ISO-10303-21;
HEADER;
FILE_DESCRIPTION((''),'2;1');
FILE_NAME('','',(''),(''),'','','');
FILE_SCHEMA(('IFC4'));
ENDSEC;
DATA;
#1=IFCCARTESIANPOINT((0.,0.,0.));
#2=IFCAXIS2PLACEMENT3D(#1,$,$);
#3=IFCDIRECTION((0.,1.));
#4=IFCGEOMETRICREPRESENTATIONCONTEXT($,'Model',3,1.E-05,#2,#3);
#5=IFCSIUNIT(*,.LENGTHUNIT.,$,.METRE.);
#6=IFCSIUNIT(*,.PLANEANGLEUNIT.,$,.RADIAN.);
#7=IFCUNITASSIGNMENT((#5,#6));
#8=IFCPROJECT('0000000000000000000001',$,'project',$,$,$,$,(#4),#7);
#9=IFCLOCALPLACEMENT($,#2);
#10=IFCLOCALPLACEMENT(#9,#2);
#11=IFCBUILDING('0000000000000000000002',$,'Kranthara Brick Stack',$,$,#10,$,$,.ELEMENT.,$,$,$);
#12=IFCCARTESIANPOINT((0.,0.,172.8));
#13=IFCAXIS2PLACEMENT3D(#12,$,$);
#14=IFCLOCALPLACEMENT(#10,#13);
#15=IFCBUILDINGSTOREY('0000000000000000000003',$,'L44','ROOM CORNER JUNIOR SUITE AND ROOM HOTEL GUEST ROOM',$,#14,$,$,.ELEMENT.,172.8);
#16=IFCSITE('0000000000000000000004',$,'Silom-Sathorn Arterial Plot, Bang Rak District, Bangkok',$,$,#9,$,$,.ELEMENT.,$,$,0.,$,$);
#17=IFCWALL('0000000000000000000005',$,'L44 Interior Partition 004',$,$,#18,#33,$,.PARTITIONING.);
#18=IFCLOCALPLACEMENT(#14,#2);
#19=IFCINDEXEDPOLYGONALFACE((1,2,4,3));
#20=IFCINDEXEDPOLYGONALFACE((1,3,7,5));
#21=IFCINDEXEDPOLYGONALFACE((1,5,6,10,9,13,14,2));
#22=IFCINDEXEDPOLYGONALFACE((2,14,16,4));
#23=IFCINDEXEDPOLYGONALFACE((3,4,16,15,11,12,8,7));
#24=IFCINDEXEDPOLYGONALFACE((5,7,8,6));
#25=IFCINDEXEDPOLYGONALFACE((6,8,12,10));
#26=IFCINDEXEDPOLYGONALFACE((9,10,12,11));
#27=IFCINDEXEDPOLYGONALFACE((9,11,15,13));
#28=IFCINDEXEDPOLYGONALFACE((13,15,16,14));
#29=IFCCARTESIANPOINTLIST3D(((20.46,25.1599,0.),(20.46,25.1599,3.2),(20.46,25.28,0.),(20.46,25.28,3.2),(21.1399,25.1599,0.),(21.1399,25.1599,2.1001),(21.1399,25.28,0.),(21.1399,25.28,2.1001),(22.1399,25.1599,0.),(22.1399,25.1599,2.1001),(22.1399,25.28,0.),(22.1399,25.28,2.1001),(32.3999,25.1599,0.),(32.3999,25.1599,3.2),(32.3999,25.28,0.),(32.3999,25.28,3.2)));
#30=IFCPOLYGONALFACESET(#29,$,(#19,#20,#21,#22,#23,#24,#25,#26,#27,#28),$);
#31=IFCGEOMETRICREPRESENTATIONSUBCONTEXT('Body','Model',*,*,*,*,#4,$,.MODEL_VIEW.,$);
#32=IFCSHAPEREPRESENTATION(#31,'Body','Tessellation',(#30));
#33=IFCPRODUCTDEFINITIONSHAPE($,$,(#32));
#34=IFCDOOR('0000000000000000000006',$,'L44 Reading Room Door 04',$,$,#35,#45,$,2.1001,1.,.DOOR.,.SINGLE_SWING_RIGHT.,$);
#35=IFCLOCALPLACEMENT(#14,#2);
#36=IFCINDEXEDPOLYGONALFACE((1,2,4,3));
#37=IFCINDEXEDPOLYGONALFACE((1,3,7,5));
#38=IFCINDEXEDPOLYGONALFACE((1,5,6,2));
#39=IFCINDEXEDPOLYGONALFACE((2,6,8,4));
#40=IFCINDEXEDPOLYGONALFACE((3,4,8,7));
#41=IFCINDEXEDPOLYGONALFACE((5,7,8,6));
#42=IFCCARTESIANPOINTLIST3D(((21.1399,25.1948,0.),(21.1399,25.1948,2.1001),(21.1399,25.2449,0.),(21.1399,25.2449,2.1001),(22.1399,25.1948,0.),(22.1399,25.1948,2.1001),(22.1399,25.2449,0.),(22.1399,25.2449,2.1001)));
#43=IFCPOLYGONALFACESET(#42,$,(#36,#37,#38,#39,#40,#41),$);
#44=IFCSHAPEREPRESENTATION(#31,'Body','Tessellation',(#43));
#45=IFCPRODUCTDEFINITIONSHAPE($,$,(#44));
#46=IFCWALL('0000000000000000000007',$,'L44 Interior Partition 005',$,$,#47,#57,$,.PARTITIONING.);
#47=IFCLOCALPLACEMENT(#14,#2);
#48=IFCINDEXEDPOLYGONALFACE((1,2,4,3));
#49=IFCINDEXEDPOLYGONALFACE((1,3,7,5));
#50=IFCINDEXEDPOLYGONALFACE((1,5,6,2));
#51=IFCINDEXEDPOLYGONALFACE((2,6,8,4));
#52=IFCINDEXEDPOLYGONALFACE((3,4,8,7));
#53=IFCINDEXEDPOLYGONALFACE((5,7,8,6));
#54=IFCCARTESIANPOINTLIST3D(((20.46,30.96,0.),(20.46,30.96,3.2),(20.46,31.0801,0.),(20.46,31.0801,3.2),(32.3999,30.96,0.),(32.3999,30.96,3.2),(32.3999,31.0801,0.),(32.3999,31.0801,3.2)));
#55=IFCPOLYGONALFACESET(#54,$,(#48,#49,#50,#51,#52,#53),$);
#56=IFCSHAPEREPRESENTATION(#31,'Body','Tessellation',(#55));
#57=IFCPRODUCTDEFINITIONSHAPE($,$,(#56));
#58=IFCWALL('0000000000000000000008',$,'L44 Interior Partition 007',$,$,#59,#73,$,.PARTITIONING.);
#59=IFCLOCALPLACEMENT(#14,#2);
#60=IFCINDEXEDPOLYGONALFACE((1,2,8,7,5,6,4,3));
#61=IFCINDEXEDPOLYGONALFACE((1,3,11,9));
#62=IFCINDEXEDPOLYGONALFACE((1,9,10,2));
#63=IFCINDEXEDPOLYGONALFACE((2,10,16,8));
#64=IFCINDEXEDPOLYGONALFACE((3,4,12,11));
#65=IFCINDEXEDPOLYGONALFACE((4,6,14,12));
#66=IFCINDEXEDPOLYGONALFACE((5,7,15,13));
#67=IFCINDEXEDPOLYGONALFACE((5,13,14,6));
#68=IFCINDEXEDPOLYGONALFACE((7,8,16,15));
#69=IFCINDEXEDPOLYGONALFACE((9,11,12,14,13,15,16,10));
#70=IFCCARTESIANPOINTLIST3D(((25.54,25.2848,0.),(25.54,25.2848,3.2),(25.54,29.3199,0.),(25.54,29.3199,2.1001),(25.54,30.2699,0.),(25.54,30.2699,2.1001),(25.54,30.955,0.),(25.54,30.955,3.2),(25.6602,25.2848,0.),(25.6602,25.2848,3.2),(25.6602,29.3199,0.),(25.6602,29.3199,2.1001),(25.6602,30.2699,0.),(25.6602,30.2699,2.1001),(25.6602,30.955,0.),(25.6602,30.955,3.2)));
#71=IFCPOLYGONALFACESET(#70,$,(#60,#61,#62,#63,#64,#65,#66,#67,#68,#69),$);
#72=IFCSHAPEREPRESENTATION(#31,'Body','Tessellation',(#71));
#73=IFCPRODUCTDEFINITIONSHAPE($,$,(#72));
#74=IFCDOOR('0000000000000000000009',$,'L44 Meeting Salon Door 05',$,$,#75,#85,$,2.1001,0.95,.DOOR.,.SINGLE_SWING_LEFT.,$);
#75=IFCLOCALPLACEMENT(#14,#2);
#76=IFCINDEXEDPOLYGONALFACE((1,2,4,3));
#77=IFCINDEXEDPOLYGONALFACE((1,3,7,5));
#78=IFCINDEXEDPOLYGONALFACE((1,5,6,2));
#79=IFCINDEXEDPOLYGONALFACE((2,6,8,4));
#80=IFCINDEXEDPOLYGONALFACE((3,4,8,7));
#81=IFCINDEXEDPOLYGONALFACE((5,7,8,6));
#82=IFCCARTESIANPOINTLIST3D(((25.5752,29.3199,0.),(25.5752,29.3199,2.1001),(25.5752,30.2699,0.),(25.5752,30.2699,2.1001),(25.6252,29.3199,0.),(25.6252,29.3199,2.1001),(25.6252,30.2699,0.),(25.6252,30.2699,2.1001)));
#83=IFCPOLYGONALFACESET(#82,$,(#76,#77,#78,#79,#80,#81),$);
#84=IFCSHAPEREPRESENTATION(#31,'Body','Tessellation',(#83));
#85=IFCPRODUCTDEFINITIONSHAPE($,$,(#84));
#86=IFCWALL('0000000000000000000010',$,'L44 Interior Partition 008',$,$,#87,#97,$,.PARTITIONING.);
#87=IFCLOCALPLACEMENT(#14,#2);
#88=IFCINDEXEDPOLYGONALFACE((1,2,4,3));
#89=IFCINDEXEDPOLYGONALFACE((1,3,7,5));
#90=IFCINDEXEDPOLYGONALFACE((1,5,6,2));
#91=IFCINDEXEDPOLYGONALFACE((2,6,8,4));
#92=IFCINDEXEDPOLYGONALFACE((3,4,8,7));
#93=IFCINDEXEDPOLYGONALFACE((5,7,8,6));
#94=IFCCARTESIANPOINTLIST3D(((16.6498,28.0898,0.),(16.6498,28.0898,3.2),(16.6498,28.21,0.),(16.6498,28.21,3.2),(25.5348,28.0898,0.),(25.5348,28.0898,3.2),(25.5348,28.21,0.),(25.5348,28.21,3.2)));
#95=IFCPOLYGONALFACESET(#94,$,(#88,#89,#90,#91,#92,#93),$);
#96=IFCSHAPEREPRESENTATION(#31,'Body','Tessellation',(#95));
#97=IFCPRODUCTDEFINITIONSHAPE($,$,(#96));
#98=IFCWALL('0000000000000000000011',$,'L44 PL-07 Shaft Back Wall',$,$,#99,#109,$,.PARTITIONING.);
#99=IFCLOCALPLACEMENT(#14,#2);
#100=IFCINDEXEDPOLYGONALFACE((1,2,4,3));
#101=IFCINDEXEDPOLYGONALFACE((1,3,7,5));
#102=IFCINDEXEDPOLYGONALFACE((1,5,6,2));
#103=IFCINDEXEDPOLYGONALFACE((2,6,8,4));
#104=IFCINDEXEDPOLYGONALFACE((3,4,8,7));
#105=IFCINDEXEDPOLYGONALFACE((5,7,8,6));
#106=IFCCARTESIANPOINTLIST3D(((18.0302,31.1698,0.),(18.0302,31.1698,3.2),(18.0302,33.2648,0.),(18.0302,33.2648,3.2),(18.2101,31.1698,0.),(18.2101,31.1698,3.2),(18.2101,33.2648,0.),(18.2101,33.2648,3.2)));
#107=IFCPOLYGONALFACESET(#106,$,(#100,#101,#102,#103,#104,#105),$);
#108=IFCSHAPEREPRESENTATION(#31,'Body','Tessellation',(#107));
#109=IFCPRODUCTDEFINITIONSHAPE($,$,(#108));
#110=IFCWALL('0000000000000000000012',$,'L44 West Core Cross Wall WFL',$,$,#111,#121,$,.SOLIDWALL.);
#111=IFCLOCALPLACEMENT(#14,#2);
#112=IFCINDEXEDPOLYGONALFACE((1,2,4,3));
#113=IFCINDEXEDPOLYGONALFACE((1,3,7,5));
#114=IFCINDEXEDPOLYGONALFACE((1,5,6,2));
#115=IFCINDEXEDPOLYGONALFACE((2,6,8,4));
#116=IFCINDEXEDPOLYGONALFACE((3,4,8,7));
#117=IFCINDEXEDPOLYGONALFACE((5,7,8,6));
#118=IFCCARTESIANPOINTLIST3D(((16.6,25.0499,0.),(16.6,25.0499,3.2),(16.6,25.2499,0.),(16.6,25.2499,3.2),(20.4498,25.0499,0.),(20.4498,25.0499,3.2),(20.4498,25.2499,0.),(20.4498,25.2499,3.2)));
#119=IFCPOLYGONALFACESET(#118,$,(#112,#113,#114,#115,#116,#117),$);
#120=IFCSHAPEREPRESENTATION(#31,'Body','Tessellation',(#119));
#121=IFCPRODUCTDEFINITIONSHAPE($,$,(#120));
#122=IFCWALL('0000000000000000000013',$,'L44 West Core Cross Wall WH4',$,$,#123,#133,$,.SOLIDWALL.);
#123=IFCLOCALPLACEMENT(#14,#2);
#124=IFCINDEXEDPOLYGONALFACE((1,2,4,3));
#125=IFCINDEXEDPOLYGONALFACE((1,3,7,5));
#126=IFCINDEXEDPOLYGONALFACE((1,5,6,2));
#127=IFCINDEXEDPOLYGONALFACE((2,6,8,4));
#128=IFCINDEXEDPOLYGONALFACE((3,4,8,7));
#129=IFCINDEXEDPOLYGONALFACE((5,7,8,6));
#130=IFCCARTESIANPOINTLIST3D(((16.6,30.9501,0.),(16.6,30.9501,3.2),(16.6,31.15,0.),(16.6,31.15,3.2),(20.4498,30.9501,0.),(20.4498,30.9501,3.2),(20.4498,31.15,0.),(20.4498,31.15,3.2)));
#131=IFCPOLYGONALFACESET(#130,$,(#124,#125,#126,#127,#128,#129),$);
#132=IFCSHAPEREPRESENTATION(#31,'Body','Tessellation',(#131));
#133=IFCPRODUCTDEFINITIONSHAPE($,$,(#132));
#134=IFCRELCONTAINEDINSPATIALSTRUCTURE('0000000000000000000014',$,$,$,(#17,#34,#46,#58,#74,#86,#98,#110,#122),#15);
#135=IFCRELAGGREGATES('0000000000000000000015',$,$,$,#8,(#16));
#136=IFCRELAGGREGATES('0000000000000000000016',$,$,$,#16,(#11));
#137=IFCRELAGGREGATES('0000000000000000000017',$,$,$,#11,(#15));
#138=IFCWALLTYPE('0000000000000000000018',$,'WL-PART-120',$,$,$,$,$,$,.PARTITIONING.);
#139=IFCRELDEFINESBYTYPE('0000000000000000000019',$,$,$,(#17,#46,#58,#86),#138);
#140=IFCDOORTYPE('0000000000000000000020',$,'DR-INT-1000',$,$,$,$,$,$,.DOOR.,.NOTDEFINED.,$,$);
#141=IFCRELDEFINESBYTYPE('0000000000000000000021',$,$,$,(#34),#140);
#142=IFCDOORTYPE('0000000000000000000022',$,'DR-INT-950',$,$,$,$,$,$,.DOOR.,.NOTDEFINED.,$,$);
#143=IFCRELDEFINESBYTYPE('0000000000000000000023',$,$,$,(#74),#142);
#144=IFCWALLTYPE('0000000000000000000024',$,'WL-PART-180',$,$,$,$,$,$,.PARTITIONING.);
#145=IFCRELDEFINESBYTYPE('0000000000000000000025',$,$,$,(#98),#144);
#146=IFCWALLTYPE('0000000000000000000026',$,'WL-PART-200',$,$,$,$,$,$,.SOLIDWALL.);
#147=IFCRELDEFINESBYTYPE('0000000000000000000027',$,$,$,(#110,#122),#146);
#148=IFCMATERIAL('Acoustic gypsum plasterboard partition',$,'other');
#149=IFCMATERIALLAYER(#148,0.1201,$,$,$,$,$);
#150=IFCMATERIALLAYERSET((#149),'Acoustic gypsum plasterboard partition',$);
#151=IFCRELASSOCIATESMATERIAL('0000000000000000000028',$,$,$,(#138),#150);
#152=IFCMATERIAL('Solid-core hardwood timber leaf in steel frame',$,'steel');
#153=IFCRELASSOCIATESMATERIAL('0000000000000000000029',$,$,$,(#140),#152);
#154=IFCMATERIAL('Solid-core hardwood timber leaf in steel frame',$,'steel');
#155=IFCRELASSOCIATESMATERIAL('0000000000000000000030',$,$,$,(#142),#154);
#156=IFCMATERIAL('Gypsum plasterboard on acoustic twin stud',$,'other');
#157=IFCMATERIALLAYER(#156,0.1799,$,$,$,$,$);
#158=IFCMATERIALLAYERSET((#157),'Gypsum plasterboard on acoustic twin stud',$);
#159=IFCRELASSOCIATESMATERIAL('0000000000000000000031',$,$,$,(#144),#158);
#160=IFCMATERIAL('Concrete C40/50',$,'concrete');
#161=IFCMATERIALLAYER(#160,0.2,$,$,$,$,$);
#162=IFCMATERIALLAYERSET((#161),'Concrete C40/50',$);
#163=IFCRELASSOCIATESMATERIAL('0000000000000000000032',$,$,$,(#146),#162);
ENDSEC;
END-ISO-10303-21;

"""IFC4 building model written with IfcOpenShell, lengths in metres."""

from ifc_helpers import new_model, si_unit, direction, frame, frame_2d, origin, place, context, subcontext, project, spatial, rectangle, extrude, material, layer, layer_set, type_object, element, fill, save


model = new_model("IFC4")

# Units and contexts
model_context = context("Model", 3, precision=1e-05, world=origin(), true_north=direction((0.0, 1.0)))
body_context = subcontext(model_context, "Body", "Model", "MODEL_VIEW")
ifc_project = project(units=[si_unit("LENGTHUNIT", "METRE"), si_unit("PLANEANGLEUNIT", "RADIAN")], contexts=[model_context])

# Site, building, storey
site_placement = place(None, origin())
site = spatial("IfcSite", under=ifc_project, at=site_placement, Name="Silom-Sathorn Arterial Plot, Bang Rak District, Bangkok", CompositionType="ELEMENT", RefElevation=0.0)
building_placement = place(site_placement, origin())
building = spatial("IfcBuilding", under=site, at=building_placement, Name="Kranthara Brick Stack", CompositionType="ELEMENT")
storey_placement = place(building_placement, frame((0.0, 0.0, 172.8)))
storey = spatial("IfcBuildingStorey", under=building, at=storey_placement, Name="L44", Description="ROOM CORNER JUNIOR SUITE AND ROOM HOTEL GUEST ROOM", CompositionType="ELEMENT", Elevation=172.8)

# Wall, opening, door
ifc_material_1 = material(Name="Acoustic gypsum plasterboard partition", Category="other")
ifc_layer_1 = layer(ifc_material_1, 0.1201)
ifc_layer_set_1 = layer_set([ifc_layer_1], Name="Acoustic gypsum plasterboard partition")
wall_type_1 = type_object("IfcWallType", Name="WL-PART-120", PredefinedType="PARTITIONING", material=ifc_layer_set_1)
wall_1_placement = place(storey_placement, frame((20.46, 25.22, 0.0), z_axis=(0.0, 0.0, 1.0), x_axis=(1.0, 0.0, 0.0)))
wall_1 = element("IfcWall", 1, at=wall_1_placement, inside=storey, type_object=wall_type_1, Name="L44 Interior Partition 004", PredefinedType="PARTITIONING", context=body_context, shape_type="SweptSolid", body=[
    extrude(rectangle(XDim=11.9399, YDim=0.1201, at=frame_2d((5.97, 0.0))), origin(), (0.0, 0.0, 1.0), 3.2),
])
opening_1_placement = place(wall_1_placement, frame((0.6799, 0.0, 0.0)))
opening_1 = element("IfcOpeningElement", 2, at=opening_1_placement, cuts=wall_1, PredefinedType="OPENING", context=body_context, shape_type="SweptSolid", body=[
    extrude(rectangle(XDim=1.0, YDim=2.1001, at=frame_2d((0.5, 1.05))), frame((0.0, 0.0701, 0.0), z_axis=(0.0, -1.0, 0.0), x_axis=(1.0, 0.0, 0.0)), (0.0, 0.0, 1.0), 0.1401),
])
ifc_material_2 = material(Name="Solid-core hardwood timber leaf in steel frame", Category="steel")
door_type_1 = type_object("IfcDoorType", Name="DR-INT-1000", OperationType="NOTDEFINED", PredefinedType="DOOR", material=ifc_material_2)
door_1_placement = place(opening_1_placement, origin())
door_1 = element("IfcDoor", 3, at=door_1_placement, inside=storey, type_object=door_type_1, Name="L44 Reading Room Door 04", OperationType="SINGLE_SWING_RIGHT", OverallHeight=2.1001, OverallWidth=1.0, PredefinedType="DOOR", context=body_context, shape_type="SweptSolid", body=[
    extrude(rectangle(XDim=1.0, YDim=2.1001, at=frame_2d((0.5, 1.05))), frame((0.0, 0.0249, 0.0), z_axis=(0.0, -1.0, 0.0), x_axis=(1.0, 0.0, 0.0)), (0.0, 0.0, 1.0), 0.05),
])
fill(opening_1, door_1)

# Wall
wall_2_placement = place(storey_placement, frame((20.46, 31.02, 0.0), z_axis=(0.0, 0.0, 1.0), x_axis=(1.0, 0.0, 0.0)))
element("IfcWall", 4, at=wall_2_placement, inside=storey, type_object=wall_type_1, Name="L44 Interior Partition 005", PredefinedType="PARTITIONING", context=body_context, shape_type="SweptSolid", body=[
    extrude(rectangle(XDim=11.9399, YDim=0.1201, at=frame_2d((5.97, 0.0))), origin(), (0.0, 0.0, 1.0), 3.2),
])

# Wall, opening, door
wall_3_placement = place(storey_placement, frame((25.6001, 25.2849, 0.0), z_axis=(0.0, 0.0, 1.0), x_axis=(0.0, 1.0, 0.0)))
wall_3 = element("IfcWall", 5, at=wall_3_placement, inside=storey, type_object=wall_type_1, Name="L44 Interior Partition 007", PredefinedType="PARTITIONING", context=body_context, shape_type="SweptSolid", body=[
    extrude(rectangle(XDim=5.6702, YDim=0.1201, at=frame_2d((2.835, 0.0))), origin(), (0.0, 0.0, 1.0), 3.2),
])
opening_2_placement = place(wall_3_placement, frame((4.0349, 0.0, 0.0)))
opening_2 = element("IfcOpeningElement", 6, at=opening_2_placement, cuts=wall_3, PredefinedType="OPENING", context=body_context, shape_type="SweptSolid", body=[
    extrude(rectangle(XDim=0.95, YDim=2.1001, at=frame_2d((0.4751, 1.05))), frame((0.0, 0.0701, 0.0), z_axis=(0.0, -1.0, 0.0), x_axis=(1.0, 0.0, 0.0)), (0.0, 0.0, 1.0), 0.1401),
])
ifc_material_3 = material(Name="Solid-core hardwood timber leaf in steel frame", Category="steel")
door_type_2 = type_object("IfcDoorType", Name="DR-INT-950", OperationType="NOTDEFINED", PredefinedType="DOOR", material=ifc_material_3)
door_2_placement = place(opening_2_placement, origin())
door_2 = element("IfcDoor", 7, at=door_2_placement, inside=storey, type_object=door_type_2, Name="L44 Meeting Salon Door 05", OperationType="SINGLE_SWING_LEFT", OverallHeight=2.1001, OverallWidth=0.95, PredefinedType="DOOR", context=body_context, shape_type="SweptSolid", body=[
    extrude(rectangle(XDim=0.95, YDim=2.1001, at=frame_2d((0.4751, 1.05))), frame((0.0, 0.0249, 0.0), z_axis=(0.0, -1.0, 0.0), x_axis=(1.0, 0.0, 0.0)), (0.0, 0.0, 1.0), 0.05),
])
fill(opening_2, door_2)

# Walls
wall_4_placement = place(storey_placement, frame((16.6499, 28.1499, 0.0), z_axis=(0.0, 0.0, 1.0), x_axis=(1.0, 0.0, 0.0)))
element("IfcWall", 8, at=wall_4_placement, inside=storey, type_object=wall_type_1, Name="L44 Interior Partition 008", PredefinedType="PARTITIONING", context=body_context, shape_type="SweptSolid", body=[
    extrude(rectangle(XDim=8.885, YDim=0.1201, at=frame_2d((4.4424, 0.0))), origin(), (0.0, 0.0, 1.0), 3.2),
])
ifc_material_4 = material(Name="Gypsum plasterboard on acoustic twin stud", Category="other")
ifc_layer_2 = layer(ifc_material_4, 0.1799)
ifc_layer_set_2 = layer_set([ifc_layer_2], Name="Gypsum plasterboard on acoustic twin stud")
wall_type_2 = type_object("IfcWallType", Name="WL-PART-180", PredefinedType="PARTITIONING", material=ifc_layer_set_2)
wall_5_placement = place(storey_placement, frame((18.1201, 31.1699, 0.0), z_axis=(0.0, 0.0, 1.0), x_axis=(0.0, 1.0, 0.0)))
element("IfcWall", 9, at=wall_5_placement, inside=storey, type_object=wall_type_2, Name="L44 PL-07 Shaft Back Wall", PredefinedType="PARTITIONING", context=body_context, shape_type="SweptSolid", body=[
    extrude(rectangle(XDim=2.095, YDim=0.1799, at=frame_2d((1.0474, 0.0))), origin(), (0.0, 0.0, 1.0), 3.2),
])
ifc_material_5 = material(Name="Concrete C40/50", Category="concrete")
ifc_layer_3 = layer(ifc_material_5, 0.2)
ifc_layer_set_3 = layer_set([ifc_layer_3], Name="Concrete C40/50")
wall_type_3 = type_object("IfcWallType", Name="WL-PART-200", PredefinedType="SOLIDWALL", material=ifc_layer_set_3)
for number, where, z_axis, x_axis, name in (
    (10, (16.6001, 25.1499, 0.0), (0.0, 0.0, 1.0), (1.0, 0.0, 0.0), "L44 West Core Cross Wall WFL"),
    (11, (16.6001, 31.05, 0.0), (0.0, 0.0, 1.0), (1.0, 0.0, 0.0), "L44 West Core Cross Wall WH4"),
):
    element("IfcWall", number, at=place(storey_placement, frame(where, z_axis=z_axis, x_axis=x_axis)), inside=storey, type_object=wall_type_3, Name=name, PredefinedType="SOLIDWALL", context=body_context, shape_type="SweptSolid", body=[
        extrude(rectangle(XDim=3.8499, YDim=0.2, at=frame_2d((1.9248, 0.0))), origin(), (0.0, 0.0, 1.0), 3.2),
    ])

save(model, "model.ifc")
